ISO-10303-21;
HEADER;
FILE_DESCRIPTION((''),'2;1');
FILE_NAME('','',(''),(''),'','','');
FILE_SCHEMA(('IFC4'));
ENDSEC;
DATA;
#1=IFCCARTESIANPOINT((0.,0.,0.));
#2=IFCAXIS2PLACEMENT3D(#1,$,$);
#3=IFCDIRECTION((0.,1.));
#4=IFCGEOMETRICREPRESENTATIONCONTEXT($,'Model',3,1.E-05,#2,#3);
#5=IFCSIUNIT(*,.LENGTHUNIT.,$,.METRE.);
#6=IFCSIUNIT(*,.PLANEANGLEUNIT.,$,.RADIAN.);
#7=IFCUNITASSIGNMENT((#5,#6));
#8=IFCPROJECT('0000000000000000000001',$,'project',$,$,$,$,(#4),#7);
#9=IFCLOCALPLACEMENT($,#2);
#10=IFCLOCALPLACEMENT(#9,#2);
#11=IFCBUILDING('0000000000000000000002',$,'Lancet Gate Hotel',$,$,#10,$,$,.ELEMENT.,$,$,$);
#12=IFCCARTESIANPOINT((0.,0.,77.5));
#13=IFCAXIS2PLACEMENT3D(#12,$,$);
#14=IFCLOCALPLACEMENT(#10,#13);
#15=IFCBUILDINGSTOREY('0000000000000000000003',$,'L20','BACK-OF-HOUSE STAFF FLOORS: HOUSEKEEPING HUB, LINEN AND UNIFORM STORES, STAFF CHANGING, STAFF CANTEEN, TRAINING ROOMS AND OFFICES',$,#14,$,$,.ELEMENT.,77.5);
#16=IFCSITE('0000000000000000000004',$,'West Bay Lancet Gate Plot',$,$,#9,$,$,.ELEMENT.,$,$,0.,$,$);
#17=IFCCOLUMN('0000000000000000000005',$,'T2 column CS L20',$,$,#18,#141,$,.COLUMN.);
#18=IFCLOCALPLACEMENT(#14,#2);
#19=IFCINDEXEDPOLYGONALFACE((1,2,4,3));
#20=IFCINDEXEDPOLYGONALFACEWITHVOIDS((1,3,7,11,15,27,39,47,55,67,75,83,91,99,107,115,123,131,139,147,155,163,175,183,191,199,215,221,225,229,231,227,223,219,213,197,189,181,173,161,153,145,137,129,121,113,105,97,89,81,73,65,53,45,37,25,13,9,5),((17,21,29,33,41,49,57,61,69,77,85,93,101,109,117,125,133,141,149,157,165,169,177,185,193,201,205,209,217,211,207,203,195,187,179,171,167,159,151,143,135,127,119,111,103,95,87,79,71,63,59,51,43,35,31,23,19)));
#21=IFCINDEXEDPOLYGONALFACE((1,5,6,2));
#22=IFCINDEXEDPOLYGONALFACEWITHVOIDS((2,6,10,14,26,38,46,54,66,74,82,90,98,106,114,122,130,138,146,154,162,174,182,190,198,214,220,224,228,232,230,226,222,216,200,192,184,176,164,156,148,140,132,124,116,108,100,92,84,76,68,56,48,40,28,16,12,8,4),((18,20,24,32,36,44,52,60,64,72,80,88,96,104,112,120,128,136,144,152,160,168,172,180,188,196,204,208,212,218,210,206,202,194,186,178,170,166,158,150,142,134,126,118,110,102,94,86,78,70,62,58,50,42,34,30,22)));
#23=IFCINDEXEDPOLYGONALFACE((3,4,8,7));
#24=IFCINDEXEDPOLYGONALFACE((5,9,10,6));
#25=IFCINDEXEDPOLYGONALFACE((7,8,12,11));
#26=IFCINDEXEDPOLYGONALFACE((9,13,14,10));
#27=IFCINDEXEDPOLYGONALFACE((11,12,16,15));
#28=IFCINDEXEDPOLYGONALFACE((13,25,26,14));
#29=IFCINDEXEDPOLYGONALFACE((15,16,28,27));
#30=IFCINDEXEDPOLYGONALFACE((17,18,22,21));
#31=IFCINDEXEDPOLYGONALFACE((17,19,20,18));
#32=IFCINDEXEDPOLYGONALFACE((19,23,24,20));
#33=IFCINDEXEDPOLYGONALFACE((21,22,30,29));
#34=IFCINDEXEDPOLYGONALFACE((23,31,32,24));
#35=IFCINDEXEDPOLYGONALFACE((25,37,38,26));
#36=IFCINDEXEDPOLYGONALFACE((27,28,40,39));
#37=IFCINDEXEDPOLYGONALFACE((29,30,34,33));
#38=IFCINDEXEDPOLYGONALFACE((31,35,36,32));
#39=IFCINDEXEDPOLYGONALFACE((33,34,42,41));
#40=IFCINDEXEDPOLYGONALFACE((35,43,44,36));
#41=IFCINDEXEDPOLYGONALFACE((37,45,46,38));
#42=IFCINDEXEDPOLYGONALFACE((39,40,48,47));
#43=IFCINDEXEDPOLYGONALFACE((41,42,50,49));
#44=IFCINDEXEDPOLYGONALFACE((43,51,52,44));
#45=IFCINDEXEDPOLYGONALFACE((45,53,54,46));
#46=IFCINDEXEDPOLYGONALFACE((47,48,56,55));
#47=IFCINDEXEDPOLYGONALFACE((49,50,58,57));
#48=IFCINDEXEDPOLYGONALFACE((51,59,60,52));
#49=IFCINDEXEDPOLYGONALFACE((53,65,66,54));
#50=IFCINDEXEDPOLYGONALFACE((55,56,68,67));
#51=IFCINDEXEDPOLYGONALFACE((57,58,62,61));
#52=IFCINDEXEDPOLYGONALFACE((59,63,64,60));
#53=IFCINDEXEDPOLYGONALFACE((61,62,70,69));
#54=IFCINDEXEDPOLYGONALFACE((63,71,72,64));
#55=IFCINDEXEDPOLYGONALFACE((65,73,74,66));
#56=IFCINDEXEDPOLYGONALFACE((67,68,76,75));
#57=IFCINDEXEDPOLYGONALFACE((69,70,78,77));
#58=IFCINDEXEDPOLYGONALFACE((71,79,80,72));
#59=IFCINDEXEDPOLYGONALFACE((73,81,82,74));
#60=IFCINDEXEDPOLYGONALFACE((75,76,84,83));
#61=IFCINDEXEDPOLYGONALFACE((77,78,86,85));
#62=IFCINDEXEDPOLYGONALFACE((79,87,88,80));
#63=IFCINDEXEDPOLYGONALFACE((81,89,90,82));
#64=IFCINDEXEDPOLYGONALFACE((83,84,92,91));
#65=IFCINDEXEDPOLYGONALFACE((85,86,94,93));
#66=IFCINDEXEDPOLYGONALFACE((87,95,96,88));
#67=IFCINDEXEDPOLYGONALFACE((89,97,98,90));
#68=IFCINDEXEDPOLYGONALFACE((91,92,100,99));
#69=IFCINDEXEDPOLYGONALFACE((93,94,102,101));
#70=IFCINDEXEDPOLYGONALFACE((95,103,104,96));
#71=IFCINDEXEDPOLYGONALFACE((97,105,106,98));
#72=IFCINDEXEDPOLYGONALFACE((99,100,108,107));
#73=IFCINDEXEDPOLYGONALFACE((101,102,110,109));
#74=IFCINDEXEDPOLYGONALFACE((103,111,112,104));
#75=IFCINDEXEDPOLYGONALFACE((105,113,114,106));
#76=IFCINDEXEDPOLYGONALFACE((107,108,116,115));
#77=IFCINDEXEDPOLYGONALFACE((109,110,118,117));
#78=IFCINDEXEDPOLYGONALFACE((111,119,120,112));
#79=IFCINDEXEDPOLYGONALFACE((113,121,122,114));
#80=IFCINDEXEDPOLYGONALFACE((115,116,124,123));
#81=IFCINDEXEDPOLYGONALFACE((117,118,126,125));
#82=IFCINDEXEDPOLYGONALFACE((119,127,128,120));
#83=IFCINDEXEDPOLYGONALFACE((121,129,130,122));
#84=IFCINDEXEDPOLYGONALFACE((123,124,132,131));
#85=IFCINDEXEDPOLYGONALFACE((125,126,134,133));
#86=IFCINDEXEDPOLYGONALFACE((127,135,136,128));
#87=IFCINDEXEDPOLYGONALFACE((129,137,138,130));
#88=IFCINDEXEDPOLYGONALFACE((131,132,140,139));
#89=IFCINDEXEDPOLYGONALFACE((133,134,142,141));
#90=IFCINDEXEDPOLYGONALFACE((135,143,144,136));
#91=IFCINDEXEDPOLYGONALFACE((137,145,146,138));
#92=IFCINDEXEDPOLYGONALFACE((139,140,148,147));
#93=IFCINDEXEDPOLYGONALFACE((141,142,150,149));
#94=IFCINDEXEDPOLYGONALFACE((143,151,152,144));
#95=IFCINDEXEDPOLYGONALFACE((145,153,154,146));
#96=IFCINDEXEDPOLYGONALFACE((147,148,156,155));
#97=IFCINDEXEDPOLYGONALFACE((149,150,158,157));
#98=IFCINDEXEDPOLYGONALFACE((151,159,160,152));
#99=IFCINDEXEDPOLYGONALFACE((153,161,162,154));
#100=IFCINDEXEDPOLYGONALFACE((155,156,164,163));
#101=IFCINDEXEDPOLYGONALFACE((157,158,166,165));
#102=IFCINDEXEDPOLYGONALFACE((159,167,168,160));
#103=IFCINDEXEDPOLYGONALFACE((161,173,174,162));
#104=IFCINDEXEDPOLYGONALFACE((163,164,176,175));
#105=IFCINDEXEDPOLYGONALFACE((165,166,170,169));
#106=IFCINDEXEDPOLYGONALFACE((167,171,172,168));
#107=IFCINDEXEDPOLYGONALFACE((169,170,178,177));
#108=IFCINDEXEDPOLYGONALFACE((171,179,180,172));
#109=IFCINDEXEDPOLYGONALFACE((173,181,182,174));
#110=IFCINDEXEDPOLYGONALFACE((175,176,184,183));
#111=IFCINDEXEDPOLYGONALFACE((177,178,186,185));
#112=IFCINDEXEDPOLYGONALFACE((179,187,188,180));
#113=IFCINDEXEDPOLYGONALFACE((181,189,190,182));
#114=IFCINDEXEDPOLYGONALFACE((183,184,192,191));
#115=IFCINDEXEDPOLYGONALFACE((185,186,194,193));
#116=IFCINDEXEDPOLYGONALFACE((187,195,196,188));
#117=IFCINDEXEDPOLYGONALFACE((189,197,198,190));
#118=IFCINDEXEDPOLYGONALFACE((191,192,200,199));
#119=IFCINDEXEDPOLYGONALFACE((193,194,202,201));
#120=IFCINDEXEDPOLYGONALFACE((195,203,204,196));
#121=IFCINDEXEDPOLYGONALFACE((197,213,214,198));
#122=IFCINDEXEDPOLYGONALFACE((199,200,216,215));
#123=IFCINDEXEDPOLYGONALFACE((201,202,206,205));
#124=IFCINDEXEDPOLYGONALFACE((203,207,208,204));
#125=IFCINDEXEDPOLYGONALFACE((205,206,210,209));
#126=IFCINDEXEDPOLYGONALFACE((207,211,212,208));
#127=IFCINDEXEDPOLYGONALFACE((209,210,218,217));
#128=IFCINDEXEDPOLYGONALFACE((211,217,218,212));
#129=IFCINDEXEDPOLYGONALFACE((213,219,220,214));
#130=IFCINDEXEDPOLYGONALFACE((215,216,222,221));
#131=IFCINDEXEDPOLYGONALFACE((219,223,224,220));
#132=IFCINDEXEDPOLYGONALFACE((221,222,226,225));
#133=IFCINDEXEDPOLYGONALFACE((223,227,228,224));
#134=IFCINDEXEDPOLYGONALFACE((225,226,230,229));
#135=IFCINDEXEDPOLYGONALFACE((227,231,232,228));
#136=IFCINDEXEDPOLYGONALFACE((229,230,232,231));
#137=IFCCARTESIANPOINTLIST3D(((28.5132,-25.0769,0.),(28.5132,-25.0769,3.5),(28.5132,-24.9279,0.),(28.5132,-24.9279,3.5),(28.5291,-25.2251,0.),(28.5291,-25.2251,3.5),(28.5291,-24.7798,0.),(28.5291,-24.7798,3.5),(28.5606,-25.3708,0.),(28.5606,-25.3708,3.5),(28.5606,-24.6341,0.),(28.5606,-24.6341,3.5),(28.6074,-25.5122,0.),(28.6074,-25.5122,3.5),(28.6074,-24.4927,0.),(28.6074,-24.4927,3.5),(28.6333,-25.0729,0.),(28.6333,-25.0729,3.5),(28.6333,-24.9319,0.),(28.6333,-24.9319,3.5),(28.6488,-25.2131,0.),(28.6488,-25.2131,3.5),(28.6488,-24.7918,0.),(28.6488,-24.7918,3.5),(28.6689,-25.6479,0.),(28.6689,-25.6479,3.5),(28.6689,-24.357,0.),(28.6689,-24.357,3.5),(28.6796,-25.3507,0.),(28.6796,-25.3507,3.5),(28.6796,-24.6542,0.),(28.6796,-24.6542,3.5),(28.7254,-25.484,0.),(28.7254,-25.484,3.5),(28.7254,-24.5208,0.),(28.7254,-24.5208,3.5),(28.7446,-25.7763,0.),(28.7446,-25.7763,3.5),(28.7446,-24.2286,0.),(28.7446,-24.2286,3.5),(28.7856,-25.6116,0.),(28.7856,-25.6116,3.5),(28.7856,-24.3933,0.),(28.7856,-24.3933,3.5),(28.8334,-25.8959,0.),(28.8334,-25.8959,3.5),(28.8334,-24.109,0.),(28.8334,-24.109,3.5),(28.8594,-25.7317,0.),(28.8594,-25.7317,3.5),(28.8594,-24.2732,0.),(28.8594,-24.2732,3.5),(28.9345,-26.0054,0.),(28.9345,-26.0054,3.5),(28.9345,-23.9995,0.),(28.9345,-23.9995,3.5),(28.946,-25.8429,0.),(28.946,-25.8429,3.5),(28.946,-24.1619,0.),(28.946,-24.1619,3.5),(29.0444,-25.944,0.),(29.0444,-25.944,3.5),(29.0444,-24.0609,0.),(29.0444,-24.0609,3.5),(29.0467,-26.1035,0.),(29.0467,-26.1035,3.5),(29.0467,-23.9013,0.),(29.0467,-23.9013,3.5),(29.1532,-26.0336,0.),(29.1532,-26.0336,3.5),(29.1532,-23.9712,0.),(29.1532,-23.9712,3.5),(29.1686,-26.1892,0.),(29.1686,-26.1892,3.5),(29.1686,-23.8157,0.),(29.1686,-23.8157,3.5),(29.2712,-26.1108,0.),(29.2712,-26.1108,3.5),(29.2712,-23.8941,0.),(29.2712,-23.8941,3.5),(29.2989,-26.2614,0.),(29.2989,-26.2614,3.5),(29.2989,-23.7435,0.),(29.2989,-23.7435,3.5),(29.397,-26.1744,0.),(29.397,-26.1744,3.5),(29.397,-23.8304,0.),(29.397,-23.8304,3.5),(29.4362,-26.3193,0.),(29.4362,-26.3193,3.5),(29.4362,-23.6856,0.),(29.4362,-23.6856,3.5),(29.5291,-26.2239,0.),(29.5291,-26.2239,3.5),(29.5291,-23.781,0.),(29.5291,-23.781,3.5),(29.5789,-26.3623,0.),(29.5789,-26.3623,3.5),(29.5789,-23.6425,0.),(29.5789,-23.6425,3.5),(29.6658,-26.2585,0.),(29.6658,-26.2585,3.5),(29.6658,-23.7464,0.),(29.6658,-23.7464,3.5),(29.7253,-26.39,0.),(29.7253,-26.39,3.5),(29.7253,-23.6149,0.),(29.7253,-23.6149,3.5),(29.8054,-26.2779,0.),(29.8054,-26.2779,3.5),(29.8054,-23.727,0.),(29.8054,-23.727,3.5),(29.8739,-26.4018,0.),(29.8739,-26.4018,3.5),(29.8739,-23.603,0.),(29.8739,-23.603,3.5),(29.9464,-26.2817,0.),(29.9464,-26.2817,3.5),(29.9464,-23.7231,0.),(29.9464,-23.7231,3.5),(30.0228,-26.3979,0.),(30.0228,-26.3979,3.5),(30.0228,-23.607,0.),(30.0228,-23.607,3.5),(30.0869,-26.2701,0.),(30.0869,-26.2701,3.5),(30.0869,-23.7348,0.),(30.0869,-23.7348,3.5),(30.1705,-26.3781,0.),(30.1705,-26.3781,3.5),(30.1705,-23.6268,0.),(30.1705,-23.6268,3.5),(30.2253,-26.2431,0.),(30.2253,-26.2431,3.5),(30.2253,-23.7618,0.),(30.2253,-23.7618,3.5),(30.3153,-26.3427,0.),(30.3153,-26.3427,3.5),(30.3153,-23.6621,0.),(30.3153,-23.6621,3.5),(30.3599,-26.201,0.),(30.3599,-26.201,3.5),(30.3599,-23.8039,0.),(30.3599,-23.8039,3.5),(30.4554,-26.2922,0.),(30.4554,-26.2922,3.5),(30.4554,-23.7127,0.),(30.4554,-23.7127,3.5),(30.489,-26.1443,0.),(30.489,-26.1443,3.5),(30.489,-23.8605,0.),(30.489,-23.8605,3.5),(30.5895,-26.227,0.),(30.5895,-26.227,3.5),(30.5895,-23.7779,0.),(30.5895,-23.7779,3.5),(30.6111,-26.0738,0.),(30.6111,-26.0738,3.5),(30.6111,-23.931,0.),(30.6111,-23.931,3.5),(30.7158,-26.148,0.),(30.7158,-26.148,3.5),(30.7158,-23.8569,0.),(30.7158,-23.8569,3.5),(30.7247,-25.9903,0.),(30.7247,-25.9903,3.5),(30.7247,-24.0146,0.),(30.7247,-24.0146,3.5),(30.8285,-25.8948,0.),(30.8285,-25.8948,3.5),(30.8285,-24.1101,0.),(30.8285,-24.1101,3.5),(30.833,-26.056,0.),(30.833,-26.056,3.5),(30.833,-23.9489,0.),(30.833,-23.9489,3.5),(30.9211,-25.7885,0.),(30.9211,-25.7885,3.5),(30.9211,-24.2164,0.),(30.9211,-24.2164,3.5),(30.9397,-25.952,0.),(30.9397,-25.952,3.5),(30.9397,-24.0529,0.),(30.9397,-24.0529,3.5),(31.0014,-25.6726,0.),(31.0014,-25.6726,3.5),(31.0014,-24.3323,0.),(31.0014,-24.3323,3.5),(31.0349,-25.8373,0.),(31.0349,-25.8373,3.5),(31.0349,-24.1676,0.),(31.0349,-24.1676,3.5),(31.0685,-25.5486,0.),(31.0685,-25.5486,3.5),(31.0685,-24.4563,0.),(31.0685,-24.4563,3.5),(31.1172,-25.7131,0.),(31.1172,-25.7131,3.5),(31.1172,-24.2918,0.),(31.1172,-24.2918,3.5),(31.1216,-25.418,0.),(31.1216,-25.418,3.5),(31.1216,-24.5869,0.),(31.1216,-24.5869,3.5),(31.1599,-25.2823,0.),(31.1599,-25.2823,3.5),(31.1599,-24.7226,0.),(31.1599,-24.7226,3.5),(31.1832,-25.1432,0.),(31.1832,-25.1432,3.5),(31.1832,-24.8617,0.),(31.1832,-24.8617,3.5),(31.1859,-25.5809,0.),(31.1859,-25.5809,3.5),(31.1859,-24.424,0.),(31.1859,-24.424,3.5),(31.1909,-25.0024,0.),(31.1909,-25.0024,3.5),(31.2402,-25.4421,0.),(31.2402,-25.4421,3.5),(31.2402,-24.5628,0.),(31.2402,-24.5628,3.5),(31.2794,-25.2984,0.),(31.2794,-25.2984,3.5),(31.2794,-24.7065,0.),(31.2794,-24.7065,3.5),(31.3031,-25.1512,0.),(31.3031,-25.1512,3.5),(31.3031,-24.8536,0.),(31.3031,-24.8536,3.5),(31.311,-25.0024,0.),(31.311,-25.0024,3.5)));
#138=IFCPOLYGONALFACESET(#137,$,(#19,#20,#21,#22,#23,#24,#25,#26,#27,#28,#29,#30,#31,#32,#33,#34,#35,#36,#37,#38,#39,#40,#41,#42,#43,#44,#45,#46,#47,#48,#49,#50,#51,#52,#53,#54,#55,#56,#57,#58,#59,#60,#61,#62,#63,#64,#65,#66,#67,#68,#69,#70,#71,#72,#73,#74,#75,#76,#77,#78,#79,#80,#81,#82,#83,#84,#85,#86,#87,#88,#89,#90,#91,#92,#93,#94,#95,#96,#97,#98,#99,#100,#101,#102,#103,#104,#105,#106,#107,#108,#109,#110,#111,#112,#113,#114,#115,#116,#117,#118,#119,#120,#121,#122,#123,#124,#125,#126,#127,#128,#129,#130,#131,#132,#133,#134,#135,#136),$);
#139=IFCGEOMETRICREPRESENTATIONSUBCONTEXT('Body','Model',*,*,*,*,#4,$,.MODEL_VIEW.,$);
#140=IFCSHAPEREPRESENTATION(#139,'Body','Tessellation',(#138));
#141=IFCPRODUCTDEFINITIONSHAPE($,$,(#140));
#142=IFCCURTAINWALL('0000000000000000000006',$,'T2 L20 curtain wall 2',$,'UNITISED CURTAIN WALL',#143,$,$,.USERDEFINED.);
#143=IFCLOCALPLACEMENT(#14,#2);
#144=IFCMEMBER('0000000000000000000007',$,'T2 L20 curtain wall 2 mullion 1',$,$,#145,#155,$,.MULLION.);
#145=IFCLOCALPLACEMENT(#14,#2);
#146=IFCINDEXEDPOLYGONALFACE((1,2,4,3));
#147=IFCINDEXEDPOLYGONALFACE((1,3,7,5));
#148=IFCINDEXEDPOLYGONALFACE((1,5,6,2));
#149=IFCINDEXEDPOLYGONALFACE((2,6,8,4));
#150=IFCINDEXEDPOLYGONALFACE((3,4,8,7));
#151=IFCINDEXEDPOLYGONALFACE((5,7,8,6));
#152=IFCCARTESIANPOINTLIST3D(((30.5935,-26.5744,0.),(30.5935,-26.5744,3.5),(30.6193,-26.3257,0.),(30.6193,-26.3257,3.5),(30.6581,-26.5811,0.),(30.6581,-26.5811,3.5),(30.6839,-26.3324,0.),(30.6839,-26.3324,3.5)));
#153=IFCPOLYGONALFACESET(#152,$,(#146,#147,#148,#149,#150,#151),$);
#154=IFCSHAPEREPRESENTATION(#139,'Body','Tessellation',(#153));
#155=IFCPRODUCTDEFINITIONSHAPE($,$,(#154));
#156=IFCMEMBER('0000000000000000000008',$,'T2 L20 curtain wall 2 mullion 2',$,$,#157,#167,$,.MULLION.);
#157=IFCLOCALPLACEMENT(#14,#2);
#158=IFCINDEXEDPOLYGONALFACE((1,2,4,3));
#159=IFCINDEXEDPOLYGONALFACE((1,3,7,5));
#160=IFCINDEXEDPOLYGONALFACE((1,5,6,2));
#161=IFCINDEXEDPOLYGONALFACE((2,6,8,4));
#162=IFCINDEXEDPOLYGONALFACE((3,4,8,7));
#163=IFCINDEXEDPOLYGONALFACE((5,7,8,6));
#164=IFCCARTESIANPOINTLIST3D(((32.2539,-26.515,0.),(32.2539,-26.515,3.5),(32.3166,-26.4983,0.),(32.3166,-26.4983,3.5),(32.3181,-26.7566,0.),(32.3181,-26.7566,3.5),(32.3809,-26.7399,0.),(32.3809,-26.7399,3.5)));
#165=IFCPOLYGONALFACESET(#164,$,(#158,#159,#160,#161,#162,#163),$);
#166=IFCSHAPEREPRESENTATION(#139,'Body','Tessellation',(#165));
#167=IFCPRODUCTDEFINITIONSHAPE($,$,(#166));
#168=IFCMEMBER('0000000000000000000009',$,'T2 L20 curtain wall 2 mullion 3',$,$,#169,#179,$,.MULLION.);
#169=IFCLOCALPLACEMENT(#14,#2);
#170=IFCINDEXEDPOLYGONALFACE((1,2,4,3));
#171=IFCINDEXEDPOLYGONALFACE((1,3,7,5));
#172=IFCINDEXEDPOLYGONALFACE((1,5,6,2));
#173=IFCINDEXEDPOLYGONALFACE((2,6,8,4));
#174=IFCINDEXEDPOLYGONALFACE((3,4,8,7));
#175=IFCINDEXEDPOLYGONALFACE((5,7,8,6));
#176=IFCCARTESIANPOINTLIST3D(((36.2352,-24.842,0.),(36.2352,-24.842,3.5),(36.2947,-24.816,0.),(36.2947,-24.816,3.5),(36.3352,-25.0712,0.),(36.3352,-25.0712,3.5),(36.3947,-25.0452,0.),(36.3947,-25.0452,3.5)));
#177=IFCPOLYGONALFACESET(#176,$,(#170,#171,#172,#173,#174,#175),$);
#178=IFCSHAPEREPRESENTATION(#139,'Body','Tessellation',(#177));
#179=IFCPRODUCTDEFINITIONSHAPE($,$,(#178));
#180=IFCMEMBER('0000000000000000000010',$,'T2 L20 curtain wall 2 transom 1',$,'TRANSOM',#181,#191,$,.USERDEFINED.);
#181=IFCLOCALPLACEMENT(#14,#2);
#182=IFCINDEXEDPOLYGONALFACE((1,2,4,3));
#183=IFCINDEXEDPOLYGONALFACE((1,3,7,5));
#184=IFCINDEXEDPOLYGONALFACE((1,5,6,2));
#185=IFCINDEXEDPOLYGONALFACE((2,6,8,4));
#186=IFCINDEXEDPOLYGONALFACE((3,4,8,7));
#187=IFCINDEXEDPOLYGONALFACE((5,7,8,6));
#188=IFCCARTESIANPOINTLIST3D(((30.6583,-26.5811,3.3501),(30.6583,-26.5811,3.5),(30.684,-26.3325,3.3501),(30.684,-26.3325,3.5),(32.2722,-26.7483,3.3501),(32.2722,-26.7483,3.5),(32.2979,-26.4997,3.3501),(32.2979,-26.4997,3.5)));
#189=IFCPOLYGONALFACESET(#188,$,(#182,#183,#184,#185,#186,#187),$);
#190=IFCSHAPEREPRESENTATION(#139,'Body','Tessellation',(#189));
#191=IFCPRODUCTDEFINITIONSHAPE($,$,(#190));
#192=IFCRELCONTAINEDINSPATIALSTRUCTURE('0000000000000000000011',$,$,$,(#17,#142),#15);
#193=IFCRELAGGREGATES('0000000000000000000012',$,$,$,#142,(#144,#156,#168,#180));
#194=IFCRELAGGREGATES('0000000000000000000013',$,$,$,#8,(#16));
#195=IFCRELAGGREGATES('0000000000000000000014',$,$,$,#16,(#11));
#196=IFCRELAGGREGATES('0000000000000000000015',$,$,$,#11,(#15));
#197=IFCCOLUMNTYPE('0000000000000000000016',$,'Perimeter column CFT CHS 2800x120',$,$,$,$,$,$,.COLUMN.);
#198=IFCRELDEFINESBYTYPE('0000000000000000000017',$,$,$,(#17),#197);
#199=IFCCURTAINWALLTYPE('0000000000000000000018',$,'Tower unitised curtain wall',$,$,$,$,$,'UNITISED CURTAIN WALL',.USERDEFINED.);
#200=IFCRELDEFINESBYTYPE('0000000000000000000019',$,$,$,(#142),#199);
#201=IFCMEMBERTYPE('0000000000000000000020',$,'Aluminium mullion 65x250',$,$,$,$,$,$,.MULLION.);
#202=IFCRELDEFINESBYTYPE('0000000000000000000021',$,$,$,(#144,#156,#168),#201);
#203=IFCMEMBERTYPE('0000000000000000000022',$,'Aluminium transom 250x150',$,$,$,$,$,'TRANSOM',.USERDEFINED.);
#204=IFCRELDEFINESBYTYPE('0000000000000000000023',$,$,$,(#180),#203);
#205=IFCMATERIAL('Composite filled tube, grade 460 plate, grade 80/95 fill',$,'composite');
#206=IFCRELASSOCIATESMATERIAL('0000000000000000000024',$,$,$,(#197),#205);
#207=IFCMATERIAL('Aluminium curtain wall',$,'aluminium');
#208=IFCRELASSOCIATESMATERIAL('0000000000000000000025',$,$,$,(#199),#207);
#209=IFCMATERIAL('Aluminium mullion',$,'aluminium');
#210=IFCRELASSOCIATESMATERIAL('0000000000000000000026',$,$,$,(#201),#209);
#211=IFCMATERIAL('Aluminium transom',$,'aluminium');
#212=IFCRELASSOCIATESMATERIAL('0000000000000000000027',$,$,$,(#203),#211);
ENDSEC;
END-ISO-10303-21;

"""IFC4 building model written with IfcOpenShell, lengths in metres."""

from ifc_helpers import new_model, si_unit, direction, frame, origin, origin_2d, place, context, subcontext, project, spatial, rectangle, hollow_circle, extrude, material, material_profile, profile_set, type_object, element, aggregate, save


model = new_model("IFC4")

# Units and contexts
model_context = context("Model", 3, precision=1e-05, world=origin(), true_north=direction((0.0, 1.0)))
body_context = subcontext(model_context, "Body", "Model", "MODEL_VIEW")
ifc_project = project(units=[si_unit("LENGTHUNIT", "METRE"), si_unit("PLANEANGLEUNIT", "RADIAN")], contexts=[model_context])

# Site, building, storey
site_placement = place(None, origin())
site = spatial("IfcSite", under=ifc_project, at=site_placement, Name="West Bay Lancet Gate Plot", CompositionType="ELEMENT", RefElevation=0.0)
building_placement = place(site_placement, origin())
building = spatial("IfcBuilding", under=site, at=building_placement, Name="Lancet Gate Hotel", CompositionType="ELEMENT")
storey_placement = place(building_placement, frame((0.0, 0.0, 77.5)))
storey = spatial("IfcBuildingStorey", under=building, at=storey_placement, Name="L20", Description="BACK-OF-HOUSE STAFF FLOORS: HOUSEKEEPING HUB, LINEN AND UNIFORM STORES, STAFF CHANGING, STAFF CANTEEN, TRAINING ROOMS AND OFFICES", CompositionType="ELEMENT", Elevation=77.5)

# Column
ifc_material_1 = material(Name="Composite filled tube, grade 460 plate, grade 80/95 fill", Category="composite")
ifc_material_profile_1 = material_profile(ifc_material_1, hollow_circle(Radius=1.3999, WallThickness=0.1201, at=origin_2d()), Name="CHS 2800x120")
ifc_profile_set_1 = profile_set([ifc_material_profile_1], Name="Composite filled tube, grade 460 plate, grade 80/95 fill")
column_type = type_object("IfcColumnType", Name="Perimeter column CFT CHS 2800x120", PredefinedType="COLUMN", material=ifc_profile_set_1)
column_placement = place(storey_placement, frame((29.9111, -25.0024, 0.0), z_axis=(0.0, 0.0, 1.0), x_axis=(1.0, 0.0, 0.0)))
element("IfcColumn", 1, at=column_placement, inside=storey, type_object=column_type, Name="T2 column CS L20", PredefinedType="COLUMN", context=body_context, shape_type="SweptSolid", body=[
    extrude(hollow_circle(Radius=1.3999, WallThickness=0.1201, at=origin_2d()), origin(), (0.0, 0.0, 1.0), 3.5),
])

# Curtain wall, members
ifc_material_2 = material(Name="Aluminium curtain wall", Category="aluminium")
curtain_wall_type = type_object("IfcCurtainWallType", Name="Tower unitised curtain wall", ElementType="UNITISED CURTAIN WALL", PredefinedType="USERDEFINED", material=ifc_material_2)
curtain_wall_placement = place(storey_placement, origin())
curtain_wall = element("IfcCurtainWall", 2, at=curtain_wall_placement, inside=storey, type_object=curtain_wall_type, Name="T2 L20 curtain wall 2", ObjectType="UNITISED CURTAIN WALL", PredefinedType="USERDEFINED")
ifc_material_3 = material(Name="Aluminium mullion", Category="aluminium")
ifc_material_profile_2 = material_profile(ifc_material_3, rectangle(XDim=0.0649, YDim=0.25, at=origin_2d()), Name="MULLION 65x250")
ifc_profile_set_2 = profile_set([ifc_material_profile_2], Name="Aluminium mullion")
member_type_1 = type_object("IfcMemberType", Name="Aluminium mullion 65x250", PredefinedType="MULLION", material=ifc_profile_set_2)
member_1_placement = place(storey_placement, frame((30.6387, -26.4534, 0.0), z_axis=(0.0, 0.0, 1.0), x_axis=(0.994672, -0.103088, 0.0)))
member_1 = element("IfcMember", 3, at=member_1_placement, type_object=member_type_1, Name="T2 L20 curtain wall 2 mullion 1", PredefinedType="MULLION", context=body_context, shape_type="SweptSolid", body=[
    extrude(rectangle(XDim=0.0649, YDim=0.25, at=origin_2d()), origin(), (0.0, 0.0, 1.0), 3.5),
])
member_2_placement = place(storey_placement, frame((32.3174, -26.6274, 0.0), z_axis=(0.0, 0.0, 1.0), x_axis=(0.966401, 0.257038, 0.0)))
member_2 = element("IfcMember", 4, at=member_2_placement, type_object=member_type_1, Name="T2 L20 curtain wall 2 mullion 2", PredefinedType="MULLION", context=body_context, shape_type="SweptSolid", body=[
    extrude(rectangle(XDim=0.0649, YDim=0.25, at=origin_2d()), origin(), (0.0, 0.0, 1.0), 3.5),
])
member_3_placement = place(storey_placement, frame((36.3149, -24.9436, 0.0), z_axis=(0.0, 0.0, 1.0), x_axis=(0.916579, 0.399854, 0.0)))
member_3 = element("IfcMember", 5, at=member_3_placement, type_object=member_type_1, Name="T2 L20 curtain wall 2 mullion 3", PredefinedType="MULLION", context=body_context, shape_type="SweptSolid", body=[
    extrude(rectangle(XDim=0.0649, YDim=0.25, at=origin_2d()), origin(), (0.0, 0.0, 1.0), 3.5),
])
ifc_material_4 = material(Name="Aluminium transom", Category="aluminium")
ifc_material_profile_3 = material_profile(ifc_material_4, rectangle(XDim=0.25, YDim=0.1499, at=origin_2d()), Name="TRANSOM 250x150")
ifc_profile_set_3 = profile_set([ifc_material_profile_3], Name="Aluminium transom")
member_type_2 = type_object("IfcMemberType", Name="Aluminium transom 250x150", ElementType="TRANSOM", PredefinedType="USERDEFINED", material=ifc_profile_set_3)
member_4_placement = place(storey_placement, frame((30.6711, -26.4568, 3.425), z_axis=(0.994675, -0.103063, 0.0), x_axis=(0.103063, 0.994675, 0.0)))
member_4 = element("IfcMember", 6, at=member_4_placement, type_object=member_type_2, Name="T2 L20 curtain wall 2 transom 1", ObjectType="TRANSOM", PredefinedType="USERDEFINED", context=body_context, shape_type="SweptSolid", body=[
    extrude(rectangle(XDim=0.25, YDim=0.1499, at=origin_2d()), origin(), (0.0, 0.0, 1.0), 1.6226),
])

aggregate(curtain_wall, [member_1, member_2, member_3, member_4])

save(model, "model.ifc")
